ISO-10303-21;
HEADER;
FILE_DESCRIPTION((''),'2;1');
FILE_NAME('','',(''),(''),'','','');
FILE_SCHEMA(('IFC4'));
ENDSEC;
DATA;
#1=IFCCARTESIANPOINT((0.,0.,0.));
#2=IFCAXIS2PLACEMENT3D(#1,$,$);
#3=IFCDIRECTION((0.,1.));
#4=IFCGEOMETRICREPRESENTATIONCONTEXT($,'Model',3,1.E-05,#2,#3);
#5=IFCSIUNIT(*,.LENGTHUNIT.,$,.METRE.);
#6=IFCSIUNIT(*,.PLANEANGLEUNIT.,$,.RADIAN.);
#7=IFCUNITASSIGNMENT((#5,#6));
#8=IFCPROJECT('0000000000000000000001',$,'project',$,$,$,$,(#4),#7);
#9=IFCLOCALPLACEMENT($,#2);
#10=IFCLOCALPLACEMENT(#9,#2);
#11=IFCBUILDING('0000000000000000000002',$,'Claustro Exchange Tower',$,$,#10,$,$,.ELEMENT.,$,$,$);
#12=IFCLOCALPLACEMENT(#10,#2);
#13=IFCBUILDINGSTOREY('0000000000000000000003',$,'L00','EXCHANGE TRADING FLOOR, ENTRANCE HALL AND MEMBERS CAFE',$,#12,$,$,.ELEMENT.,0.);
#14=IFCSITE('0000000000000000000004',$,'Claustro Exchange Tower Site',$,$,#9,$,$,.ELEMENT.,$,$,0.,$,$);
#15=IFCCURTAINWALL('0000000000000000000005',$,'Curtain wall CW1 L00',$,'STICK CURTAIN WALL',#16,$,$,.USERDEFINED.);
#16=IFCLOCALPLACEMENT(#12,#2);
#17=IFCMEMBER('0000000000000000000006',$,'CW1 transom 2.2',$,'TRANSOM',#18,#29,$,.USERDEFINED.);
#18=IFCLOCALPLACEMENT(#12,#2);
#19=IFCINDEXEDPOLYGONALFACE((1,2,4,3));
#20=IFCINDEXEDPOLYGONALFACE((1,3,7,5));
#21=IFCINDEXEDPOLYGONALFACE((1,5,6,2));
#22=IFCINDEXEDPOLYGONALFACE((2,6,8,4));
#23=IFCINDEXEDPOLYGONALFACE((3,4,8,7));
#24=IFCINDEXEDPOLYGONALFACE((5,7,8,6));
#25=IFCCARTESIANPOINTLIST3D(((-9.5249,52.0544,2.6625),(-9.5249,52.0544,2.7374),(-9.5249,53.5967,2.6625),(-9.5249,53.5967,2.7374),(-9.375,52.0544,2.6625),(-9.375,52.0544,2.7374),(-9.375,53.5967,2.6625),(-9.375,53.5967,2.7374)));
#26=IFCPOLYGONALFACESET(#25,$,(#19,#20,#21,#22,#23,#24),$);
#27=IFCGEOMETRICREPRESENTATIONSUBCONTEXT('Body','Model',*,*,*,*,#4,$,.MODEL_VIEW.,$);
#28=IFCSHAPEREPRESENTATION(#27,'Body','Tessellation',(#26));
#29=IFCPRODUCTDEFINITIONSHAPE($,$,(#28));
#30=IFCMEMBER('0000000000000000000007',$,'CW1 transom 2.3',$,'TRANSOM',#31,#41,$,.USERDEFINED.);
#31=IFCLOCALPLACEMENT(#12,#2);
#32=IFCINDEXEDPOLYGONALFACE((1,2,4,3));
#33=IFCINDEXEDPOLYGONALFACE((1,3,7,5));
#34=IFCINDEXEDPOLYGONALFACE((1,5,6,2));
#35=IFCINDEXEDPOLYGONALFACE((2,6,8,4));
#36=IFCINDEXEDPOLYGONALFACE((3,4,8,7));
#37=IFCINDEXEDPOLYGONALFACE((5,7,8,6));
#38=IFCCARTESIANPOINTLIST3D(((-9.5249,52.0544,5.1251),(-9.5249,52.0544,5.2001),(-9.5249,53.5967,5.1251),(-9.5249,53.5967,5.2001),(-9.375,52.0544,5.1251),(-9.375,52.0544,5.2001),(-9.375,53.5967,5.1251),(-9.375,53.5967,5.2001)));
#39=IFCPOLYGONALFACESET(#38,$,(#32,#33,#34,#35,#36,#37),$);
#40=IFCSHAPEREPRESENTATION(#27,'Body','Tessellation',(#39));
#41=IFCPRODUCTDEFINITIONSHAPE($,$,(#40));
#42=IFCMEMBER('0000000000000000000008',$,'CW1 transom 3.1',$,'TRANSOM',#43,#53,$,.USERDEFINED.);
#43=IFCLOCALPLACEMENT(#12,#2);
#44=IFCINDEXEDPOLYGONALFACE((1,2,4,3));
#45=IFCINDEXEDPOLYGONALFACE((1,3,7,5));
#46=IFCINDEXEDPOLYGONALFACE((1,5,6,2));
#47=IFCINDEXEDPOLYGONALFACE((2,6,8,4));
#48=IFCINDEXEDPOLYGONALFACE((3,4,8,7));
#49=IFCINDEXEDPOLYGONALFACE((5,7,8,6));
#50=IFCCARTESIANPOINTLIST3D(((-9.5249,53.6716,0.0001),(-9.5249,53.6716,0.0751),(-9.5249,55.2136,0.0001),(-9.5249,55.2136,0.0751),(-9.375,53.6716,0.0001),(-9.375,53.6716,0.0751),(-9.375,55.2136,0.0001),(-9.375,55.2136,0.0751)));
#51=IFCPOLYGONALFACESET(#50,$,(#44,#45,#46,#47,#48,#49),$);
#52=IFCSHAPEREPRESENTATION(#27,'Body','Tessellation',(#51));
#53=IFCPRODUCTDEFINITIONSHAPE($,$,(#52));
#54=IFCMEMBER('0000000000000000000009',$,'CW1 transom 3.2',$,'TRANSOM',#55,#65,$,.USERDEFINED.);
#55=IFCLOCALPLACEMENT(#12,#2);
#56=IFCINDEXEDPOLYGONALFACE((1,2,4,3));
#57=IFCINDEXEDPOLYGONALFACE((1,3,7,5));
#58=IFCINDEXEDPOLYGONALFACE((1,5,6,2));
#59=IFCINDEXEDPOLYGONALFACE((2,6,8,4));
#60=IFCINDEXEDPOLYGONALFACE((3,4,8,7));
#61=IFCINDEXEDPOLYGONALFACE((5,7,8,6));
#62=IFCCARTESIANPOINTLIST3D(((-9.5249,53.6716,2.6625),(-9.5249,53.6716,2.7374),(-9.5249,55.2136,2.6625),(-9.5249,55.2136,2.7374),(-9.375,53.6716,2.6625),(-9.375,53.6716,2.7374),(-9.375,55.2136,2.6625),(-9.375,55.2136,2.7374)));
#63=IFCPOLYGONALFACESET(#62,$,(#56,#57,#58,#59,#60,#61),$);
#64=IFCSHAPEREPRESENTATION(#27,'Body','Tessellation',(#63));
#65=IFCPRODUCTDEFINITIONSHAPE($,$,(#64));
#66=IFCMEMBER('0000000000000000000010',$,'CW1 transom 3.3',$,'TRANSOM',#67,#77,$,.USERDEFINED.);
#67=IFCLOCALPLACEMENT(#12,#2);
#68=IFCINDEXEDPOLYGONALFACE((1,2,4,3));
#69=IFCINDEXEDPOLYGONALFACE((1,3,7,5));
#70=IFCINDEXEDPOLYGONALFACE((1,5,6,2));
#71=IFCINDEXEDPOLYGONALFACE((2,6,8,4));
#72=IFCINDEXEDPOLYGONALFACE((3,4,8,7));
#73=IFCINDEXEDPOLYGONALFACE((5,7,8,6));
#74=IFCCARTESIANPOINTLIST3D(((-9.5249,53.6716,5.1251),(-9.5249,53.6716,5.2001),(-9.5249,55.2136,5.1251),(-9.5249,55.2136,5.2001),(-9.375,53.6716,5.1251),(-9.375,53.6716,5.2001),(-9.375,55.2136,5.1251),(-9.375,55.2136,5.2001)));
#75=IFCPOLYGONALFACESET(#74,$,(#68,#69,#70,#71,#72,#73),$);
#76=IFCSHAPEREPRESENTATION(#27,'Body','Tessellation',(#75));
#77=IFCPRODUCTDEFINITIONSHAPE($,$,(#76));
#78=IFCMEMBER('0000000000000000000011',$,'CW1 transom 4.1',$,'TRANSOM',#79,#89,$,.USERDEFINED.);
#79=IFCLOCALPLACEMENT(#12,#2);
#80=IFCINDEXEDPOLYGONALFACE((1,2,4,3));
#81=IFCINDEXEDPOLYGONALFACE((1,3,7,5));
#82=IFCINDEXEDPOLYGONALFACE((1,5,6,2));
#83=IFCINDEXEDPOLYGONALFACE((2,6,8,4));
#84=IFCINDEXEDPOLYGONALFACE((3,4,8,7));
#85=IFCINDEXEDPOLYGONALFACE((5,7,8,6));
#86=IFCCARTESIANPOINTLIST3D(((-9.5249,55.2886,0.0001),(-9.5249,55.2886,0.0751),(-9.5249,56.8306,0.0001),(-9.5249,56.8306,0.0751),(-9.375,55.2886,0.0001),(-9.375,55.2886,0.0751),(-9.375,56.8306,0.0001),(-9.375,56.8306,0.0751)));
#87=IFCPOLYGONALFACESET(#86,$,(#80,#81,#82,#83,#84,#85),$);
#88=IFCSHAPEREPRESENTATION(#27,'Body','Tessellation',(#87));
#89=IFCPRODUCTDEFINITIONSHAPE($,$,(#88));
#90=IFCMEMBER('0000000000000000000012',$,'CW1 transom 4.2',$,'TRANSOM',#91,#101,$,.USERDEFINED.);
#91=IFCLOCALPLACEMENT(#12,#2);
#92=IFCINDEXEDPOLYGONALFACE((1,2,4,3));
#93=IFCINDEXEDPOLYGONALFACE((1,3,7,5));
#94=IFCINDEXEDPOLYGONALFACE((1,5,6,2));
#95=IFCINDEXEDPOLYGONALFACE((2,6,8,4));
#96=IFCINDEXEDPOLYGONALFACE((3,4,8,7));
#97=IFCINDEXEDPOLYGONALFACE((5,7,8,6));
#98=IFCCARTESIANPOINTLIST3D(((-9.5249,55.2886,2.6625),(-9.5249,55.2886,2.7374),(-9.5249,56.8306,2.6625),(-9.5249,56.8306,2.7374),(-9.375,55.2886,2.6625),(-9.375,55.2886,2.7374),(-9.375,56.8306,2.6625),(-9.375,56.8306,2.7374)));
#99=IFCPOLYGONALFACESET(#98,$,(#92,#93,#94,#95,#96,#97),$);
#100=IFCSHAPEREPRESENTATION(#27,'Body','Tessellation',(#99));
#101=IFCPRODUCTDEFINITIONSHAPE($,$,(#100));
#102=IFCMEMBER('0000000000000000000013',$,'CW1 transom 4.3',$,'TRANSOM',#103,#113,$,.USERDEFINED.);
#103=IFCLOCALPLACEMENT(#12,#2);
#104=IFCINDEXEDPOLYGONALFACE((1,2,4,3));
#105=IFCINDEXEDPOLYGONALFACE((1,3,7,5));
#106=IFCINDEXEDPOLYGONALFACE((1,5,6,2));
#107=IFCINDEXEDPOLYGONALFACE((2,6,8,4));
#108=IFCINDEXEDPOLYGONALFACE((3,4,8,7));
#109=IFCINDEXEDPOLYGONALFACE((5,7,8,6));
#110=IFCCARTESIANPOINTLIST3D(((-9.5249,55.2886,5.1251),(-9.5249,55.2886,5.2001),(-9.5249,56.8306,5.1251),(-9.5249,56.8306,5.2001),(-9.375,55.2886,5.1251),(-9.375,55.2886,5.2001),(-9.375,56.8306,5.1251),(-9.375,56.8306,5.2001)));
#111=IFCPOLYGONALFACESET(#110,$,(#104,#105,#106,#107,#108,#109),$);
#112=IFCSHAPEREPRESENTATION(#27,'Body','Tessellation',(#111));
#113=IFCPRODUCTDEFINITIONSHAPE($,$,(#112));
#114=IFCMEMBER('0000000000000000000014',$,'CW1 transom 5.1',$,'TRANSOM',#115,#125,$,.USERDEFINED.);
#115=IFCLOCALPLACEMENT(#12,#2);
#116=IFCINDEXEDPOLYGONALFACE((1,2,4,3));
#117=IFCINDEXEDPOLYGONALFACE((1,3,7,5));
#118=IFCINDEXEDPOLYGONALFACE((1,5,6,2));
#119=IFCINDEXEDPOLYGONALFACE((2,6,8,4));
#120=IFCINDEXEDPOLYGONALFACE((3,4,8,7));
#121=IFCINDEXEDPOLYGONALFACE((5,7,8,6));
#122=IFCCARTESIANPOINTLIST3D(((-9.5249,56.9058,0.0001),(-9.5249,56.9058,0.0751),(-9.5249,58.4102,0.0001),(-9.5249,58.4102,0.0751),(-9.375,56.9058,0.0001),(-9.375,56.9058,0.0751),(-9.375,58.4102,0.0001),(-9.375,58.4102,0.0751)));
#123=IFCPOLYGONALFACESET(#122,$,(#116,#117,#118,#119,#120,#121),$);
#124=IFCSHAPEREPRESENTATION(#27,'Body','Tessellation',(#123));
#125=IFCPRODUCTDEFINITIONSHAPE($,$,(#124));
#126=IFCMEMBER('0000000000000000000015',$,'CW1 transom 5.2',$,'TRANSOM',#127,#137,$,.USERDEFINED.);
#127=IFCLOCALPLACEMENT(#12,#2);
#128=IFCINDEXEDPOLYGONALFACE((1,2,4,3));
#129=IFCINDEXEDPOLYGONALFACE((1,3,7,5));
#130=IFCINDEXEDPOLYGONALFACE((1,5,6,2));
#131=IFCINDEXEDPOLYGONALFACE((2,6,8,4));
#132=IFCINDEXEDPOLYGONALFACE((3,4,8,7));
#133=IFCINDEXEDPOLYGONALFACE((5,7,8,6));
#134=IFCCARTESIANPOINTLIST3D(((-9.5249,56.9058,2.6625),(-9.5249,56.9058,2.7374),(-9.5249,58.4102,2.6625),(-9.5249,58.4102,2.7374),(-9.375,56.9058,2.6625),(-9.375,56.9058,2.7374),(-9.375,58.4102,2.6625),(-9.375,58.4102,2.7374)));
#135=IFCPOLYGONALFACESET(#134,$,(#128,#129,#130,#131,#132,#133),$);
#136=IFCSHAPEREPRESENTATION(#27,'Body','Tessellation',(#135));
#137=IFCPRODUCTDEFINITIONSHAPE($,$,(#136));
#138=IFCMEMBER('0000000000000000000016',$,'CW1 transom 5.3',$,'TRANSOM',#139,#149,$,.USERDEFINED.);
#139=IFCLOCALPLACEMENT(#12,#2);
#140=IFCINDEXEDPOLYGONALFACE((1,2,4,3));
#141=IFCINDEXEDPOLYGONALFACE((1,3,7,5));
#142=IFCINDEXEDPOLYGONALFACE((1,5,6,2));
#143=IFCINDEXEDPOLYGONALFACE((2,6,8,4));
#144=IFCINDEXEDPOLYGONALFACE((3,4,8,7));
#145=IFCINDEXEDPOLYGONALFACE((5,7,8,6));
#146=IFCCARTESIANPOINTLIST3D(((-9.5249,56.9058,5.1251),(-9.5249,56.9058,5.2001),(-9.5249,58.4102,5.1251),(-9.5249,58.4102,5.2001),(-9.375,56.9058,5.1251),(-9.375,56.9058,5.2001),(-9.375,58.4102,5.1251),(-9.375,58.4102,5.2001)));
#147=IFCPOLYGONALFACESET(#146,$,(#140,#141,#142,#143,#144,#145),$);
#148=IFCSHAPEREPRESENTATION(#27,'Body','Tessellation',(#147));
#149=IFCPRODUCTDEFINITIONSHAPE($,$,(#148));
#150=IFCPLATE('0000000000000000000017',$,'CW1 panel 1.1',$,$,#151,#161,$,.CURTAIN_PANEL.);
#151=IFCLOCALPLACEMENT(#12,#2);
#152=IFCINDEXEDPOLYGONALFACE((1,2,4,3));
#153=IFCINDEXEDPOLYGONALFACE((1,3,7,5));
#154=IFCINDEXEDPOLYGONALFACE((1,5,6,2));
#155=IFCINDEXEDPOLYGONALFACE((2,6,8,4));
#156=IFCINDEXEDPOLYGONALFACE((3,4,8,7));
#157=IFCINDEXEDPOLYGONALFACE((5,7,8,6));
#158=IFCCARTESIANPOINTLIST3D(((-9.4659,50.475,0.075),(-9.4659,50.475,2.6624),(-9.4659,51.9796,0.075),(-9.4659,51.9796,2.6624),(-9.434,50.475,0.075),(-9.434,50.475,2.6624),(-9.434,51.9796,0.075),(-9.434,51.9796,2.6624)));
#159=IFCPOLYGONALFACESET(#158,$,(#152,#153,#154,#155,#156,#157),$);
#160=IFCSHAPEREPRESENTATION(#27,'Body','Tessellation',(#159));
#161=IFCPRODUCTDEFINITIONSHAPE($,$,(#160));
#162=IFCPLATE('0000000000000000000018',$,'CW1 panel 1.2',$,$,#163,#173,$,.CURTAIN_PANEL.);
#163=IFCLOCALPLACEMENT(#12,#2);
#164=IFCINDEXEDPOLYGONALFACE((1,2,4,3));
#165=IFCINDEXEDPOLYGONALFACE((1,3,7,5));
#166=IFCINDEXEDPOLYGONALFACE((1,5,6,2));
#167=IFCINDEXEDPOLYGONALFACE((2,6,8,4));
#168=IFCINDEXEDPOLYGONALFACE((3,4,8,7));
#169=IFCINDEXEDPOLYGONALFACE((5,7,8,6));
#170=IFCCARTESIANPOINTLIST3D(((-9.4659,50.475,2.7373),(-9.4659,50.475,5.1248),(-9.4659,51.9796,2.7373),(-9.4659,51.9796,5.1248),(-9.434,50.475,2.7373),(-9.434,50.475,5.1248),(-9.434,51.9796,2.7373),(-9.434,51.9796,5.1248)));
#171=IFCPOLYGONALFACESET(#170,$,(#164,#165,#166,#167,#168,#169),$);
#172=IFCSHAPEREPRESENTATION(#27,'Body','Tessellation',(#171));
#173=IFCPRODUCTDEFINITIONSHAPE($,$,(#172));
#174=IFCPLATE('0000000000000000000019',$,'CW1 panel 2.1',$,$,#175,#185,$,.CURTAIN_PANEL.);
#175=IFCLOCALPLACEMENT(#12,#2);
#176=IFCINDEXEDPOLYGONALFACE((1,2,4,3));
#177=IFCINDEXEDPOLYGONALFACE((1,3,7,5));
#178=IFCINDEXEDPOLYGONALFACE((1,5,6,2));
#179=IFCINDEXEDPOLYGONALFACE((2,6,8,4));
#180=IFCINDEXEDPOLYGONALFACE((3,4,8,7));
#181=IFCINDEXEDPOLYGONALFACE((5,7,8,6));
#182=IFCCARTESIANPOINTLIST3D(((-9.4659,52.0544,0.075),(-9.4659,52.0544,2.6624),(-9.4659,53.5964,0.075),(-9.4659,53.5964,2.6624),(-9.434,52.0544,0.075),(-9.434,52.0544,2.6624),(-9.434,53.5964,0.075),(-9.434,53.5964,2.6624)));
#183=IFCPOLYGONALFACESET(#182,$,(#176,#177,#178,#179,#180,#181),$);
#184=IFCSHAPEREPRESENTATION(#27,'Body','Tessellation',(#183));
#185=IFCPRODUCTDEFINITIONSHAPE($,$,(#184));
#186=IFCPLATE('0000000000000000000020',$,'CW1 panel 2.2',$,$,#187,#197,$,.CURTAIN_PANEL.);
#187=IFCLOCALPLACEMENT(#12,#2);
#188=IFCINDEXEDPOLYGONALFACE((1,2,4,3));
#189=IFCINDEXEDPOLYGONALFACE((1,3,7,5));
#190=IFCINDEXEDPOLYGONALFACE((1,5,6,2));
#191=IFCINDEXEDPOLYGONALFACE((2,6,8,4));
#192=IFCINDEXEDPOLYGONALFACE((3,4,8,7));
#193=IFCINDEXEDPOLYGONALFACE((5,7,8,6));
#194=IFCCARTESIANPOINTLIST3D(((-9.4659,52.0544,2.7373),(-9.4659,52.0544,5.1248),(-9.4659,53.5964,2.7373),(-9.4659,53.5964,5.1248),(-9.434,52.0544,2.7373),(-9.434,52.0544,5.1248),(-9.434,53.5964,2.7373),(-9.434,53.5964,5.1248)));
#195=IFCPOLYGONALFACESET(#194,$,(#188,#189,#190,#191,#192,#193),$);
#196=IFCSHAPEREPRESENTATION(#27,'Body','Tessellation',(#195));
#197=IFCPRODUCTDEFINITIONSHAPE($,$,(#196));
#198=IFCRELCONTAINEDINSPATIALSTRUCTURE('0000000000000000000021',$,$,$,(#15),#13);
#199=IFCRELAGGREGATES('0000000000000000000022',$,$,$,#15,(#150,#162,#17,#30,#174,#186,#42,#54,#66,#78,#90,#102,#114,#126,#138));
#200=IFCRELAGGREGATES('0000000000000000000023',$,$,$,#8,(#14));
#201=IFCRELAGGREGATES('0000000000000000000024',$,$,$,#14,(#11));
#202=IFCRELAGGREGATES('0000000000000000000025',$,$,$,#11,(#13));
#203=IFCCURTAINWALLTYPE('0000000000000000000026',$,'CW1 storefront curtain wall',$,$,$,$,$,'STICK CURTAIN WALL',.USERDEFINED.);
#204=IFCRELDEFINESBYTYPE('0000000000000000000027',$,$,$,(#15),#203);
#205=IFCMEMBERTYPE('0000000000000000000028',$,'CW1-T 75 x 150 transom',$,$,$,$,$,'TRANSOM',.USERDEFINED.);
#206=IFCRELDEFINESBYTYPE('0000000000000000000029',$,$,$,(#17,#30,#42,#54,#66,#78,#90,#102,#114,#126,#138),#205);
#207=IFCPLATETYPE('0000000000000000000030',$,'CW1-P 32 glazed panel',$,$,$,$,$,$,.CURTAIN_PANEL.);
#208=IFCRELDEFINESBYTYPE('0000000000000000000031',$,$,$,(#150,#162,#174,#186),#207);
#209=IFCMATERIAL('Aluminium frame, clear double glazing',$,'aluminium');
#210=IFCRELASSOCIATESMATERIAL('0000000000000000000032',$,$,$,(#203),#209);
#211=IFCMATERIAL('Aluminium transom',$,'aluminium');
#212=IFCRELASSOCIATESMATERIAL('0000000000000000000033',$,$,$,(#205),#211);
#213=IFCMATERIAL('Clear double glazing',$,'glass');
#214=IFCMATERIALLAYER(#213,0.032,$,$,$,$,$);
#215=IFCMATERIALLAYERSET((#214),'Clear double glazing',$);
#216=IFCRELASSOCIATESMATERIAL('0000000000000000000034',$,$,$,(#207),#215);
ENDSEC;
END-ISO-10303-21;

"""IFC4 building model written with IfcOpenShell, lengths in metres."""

from ifc_helpers import new_model, si_unit, direction, frame, origin, origin_2d, place, context, subcontext, project, spatial, rectangle, extrude, material, layer, layer_set, material_profile, profile_set, type_object, element, aggregate, save


model = new_model("IFC4")

# Units and contexts
model_context = context("Model", 3, precision=1e-05, world=origin(), true_north=direction((0.0, 1.0)))
body_context = subcontext(model_context, "Body", "Model", "MODEL_VIEW")
ifc_project = project(units=[si_unit("LENGTHUNIT", "METRE"), si_unit("PLANEANGLEUNIT", "RADIAN")], contexts=[model_context])

# Site, building, storey
site_placement = place(None, origin())
site = spatial("IfcSite", under=ifc_project, at=site_placement, Name="Claustro Exchange Tower Site", CompositionType="ELEMENT", RefElevation=0.0)
building_placement = place(site_placement, origin())
building = spatial("IfcBuilding", under=site, at=building_placement, Name="Claustro Exchange Tower", CompositionType="ELEMENT")
storey_placement = place(building_placement, origin())
storey = spatial("IfcBuildingStorey", under=building, at=storey_placement, Name="L00", Description="EXCHANGE TRADING FLOOR, ENTRANCE HALL AND MEMBERS CAFE", CompositionType="ELEMENT", Elevation=0.0)

# Curtain wall, members, plates
ifc_material_1 = material(Name="Aluminium frame, clear double glazing", Category="aluminium")
curtain_wall_type = type_object("IfcCurtainWallType", Name="CW1 storefront curtain wall", ElementType="STICK CURTAIN WALL", PredefinedType="USERDEFINED", material=ifc_material_1)
curtain_wall_placement = place(storey_placement, origin())
curtain_wall = element("IfcCurtainWall", 1, at=curtain_wall_placement, inside=storey, type_object=curtain_wall_type, Name="Curtain wall CW1 L00", ObjectType="STICK CURTAIN WALL", PredefinedType="USERDEFINED")
ifc_material_2 = material(Name="Aluminium transom", Category="aluminium")
ifc_material_profile_1 = material_profile(ifc_material_2, rectangle(XDim=0.1499, YDim=0.075, at=origin_2d()), Name="CW1-T 75x150")
ifc_profile_set_1 = profile_set([ifc_material_profile_1], Name="Aluminium transom")
member_type_1 = type_object("IfcMemberType", Name="CW1-T 75 x 150 transom", ElementType="TRANSOM", PredefinedType="USERDEFINED", material=ifc_profile_set_1)
member_1_placement = place(storey_placement, frame((-9.45, 52.0544, 2.7), z_axis=(0.0, 1.0, 0.0), x_axis=(-1.0, 0.0, 0.0)))
member_1 = element("IfcMember", 2, at=member_1_placement, type_object=member_type_1, Name="CW1 transom 2.2", ObjectType="TRANSOM", PredefinedType="USERDEFINED", context=body_context, shape_type="SweptSolid", body=[
    extrude(rectangle(XDim=0.1499, YDim=0.075, at=origin_2d()), origin(), (0.0, 0.0, 1.0), 1.5422),
])
member_2_placement = place(storey_placement, frame((-9.45, 52.0544, 5.1626), z_axis=(0.0, 1.0, 0.0), x_axis=(-1.0, 0.0, 0.0)))
member_2 = element("IfcMember", 3, at=member_2_placement, type_object=member_type_1, Name="CW1 transom 2.3", ObjectType="TRANSOM", PredefinedType="USERDEFINED", context=body_context, shape_type="SweptSolid", body=[
    extrude(rectangle(XDim=0.1499, YDim=0.075, at=origin_2d()), origin(), (0.0, 0.0, 1.0), 1.5422),
])
member_3_placement = place(storey_placement, frame((-9.45, 53.6716, 0.0376), z_axis=(0.0, 1.0, 0.0), x_axis=(-1.0, 0.0, 0.0)))
member_3 = element("IfcMember", 4, at=member_3_placement, type_object=member_type_1, Name="CW1 transom 3.1", ObjectType="TRANSOM", PredefinedType="USERDEFINED", context=body_context, shape_type="SweptSolid", body=[
    extrude(rectangle(XDim=0.1499, YDim=0.075, at=origin_2d()), origin(), (0.0, 0.0, 1.0), 1.542),
])
member_4_placement = place(storey_placement, frame((-9.45, 53.6716, 2.7), z_axis=(0.0, 1.0, 0.0), x_axis=(-1.0, 0.0, 0.0)))
member_4 = element("IfcMember", 5, at=member_4_placement, type_object=member_type_1, Name="CW1 transom 3.2", ObjectType="TRANSOM", PredefinedType="USERDEFINED", context=body_context, shape_type="SweptSolid", body=[
    extrude(rectangle(XDim=0.1499, YDim=0.075, at=origin_2d()), origin(), (0.0, 0.0, 1.0), 1.542),
])
member_5_placement = place(storey_placement, frame((-9.45, 53.6716, 5.1626), z_axis=(0.0, 1.0, 0.0), x_axis=(-1.0, 0.0, 0.0)))
member_5 = element("IfcMember", 6, at=member_5_placement, type_object=member_type_1, Name="CW1 transom 3.3", ObjectType="TRANSOM", PredefinedType="USERDEFINED", context=body_context, shape_type="SweptSolid", body=[
    extrude(rectangle(XDim=0.1499, YDim=0.075, at=origin_2d()), origin(), (0.0, 0.0, 1.0), 1.542),
])
member_6_placement = place(storey_placement, frame((-9.45, 55.2886, 0.0376), z_axis=(0.0, 1.0, 0.0), x_axis=(-1.0, 0.0, 0.0)))
member_6 = element("IfcMember", 7, at=member_6_placement, type_object=member_type_1, Name="CW1 transom 4.1", ObjectType="TRANSOM", PredefinedType="USERDEFINED", context=body_context, shape_type="SweptSolid", body=[
    extrude(rectangle(XDim=0.1499, YDim=0.075, at=origin_2d()), origin(), (0.0, 0.0, 1.0), 1.542),
])
member_7_placement = place(storey_placement, frame((-9.45, 55.2886, 2.7), z_axis=(0.0, 1.0, 0.0), x_axis=(-1.0, 0.0, 0.0)))
member_7 = element("IfcMember", 8, at=member_7_placement, type_object=member_type_1, Name="CW1 transom 4.2", ObjectType="TRANSOM", PredefinedType="USERDEFINED", context=body_context, shape_type="SweptSolid", body=[
    extrude(rectangle(XDim=0.1499, YDim=0.075, at=origin_2d()), origin(), (0.0, 0.0, 1.0), 1.542),
])
member_8_placement = place(storey_placement, frame((-9.45, 55.2886, 5.1626), z_axis=(0.0, 1.0, 0.0), x_axis=(-1.0, 0.0, 0.0)))
member_8 = element("IfcMember", 9, at=member_8_placement, type_object=member_type_1, Name="CW1 transom 4.3", ObjectType="TRANSOM", PredefinedType="USERDEFINED", context=body_context, shape_type="SweptSolid", body=[
    extrude(rectangle(XDim=0.1499, YDim=0.075, at=origin_2d()), origin(), (0.0, 0.0, 1.0), 1.542),
])
member_9_placement = place(storey_placement, frame((-9.45, 56.9058, 0.0376), z_axis=(0.0, 1.0, 0.0), x_axis=(-1.0, 0.0, 0.0)))
member_9 = element("IfcMember", 10, at=member_9_placement, type_object=member_type_1, Name="CW1 transom 5.1", ObjectType="TRANSOM", PredefinedType="USERDEFINED", context=body_context, shape_type="SweptSolid", body=[
    extrude(rectangle(XDim=0.1499, YDim=0.075, at=origin_2d()), origin(), (0.0, 0.0, 1.0), 1.5044),
])
member_10_placement = place(storey_placement, frame((-9.45, 56.9058, 2.7), z_axis=(0.0, 1.0, 0.0), x_axis=(-1.0, 0.0, 0.0)))
member_10 = element("IfcMember", 11, at=member_10_placement, type_object=member_type_1, Name="CW1 transom 5.2", ObjectType="TRANSOM", PredefinedType="USERDEFINED", context=body_context, shape_type="SweptSolid", body=[
    extrude(rectangle(XDim=0.1499, YDim=0.075, at=origin_2d()), origin(), (0.0, 0.0, 1.0), 1.5044),
])
member_11_placement = place(storey_placement, frame((-9.45, 56.9058, 5.1626), z_axis=(0.0, 1.0, 0.0), x_axis=(-1.0, 0.0, 0.0)))
member_11 = element("IfcMember", 12, at=member_11_placement, type_object=member_type_1, Name="CW1 transom 5.3", ObjectType="TRANSOM", PredefinedType="USERDEFINED", context=body_context, shape_type="SweptSolid", body=[
    extrude(rectangle(XDim=0.1499, YDim=0.075, at=origin_2d()), origin(), (0.0, 0.0, 1.0), 1.5044),
])
ifc_material_3 = material(Name="Clear double glazing", Category="glass")
ifc_layer_1 = layer(ifc_material_3, 0.032)
ifc_layer_set_1 = layer_set([ifc_layer_1], Name="Clear double glazing")
plate_type = type_object("IfcPlateType", Name="CW1-P 32 glazed panel", PredefinedType="CURTAIN_PANEL", material=ifc_layer_set_1)
plate_1_placement = place(storey_placement, frame((-9.45, 51.2273, 0.075), z_axis=(0.0, 0.0, 1.0), x_axis=(0.0, 1.0, 0.0)))
plate_1 = element("IfcPlate", 13, at=plate_1_placement, type_object=plate_type, Name="CW1 panel 1.1", PredefinedType="CURTAIN_PANEL", context=body_context, shape_type="SweptSolid", body=[
    extrude(rectangle(XDim=1.5046, YDim=0.032, at=origin_2d()), origin(), (0.0, 0.0, 1.0), 2.5874),
])
plate_2_placement = place(storey_placement, frame((-9.45, 51.2273, 2.7373), z_axis=(0.0, 0.0, 1.0), x_axis=(0.0, 1.0, 0.0)))
plate_2 = element("IfcPlate", 14, at=plate_2_placement, type_object=plate_type, Name="CW1 panel 1.2", PredefinedType="CURTAIN_PANEL", context=body_context, shape_type="SweptSolid", body=[
    extrude(rectangle(XDim=1.5046, YDim=0.032, at=origin_2d()), origin(), (0.0, 0.0, 1.0), 2.3875),
])
plate_3_placement = place(storey_placement, frame((-9.45, 52.8254, 0.075), z_axis=(0.0, 0.0, 1.0), x_axis=(0.0, 1.0, 0.0)))
plate_3 = element("IfcPlate", 15, at=plate_3_placement, type_object=plate_type, Name="CW1 panel 2.1", PredefinedType="CURTAIN_PANEL", context=body_context, shape_type="SweptSolid", body=[
    extrude(rectangle(XDim=1.542, YDim=0.032, at=origin_2d()), origin(), (0.0, 0.0, 1.0), 2.5874),
])
plate_4_placement = place(storey_placement, frame((-9.45, 52.8254, 2.7373), z_axis=(0.0, 0.0, 1.0), x_axis=(0.0, 1.0, 0.0)))
plate_4 = element("IfcPlate", 16, at=plate_4_placement, type_object=plate_type, Name="CW1 panel 2.2", PredefinedType="CURTAIN_PANEL", context=body_context, shape_type="SweptSolid", body=[
    extrude(rectangle(XDim=1.542, YDim=0.032, at=origin_2d()), origin(), (0.0, 0.0, 1.0), 2.3875),
])
aggregate(curtain_wall, [plate_1, plate_2, member_1, member_2, plate_3, plate_4, member_3, member_4, member_5, member_6, member_7, member_8, member_9, member_10, member_11])

save(model, "model.ifc")
